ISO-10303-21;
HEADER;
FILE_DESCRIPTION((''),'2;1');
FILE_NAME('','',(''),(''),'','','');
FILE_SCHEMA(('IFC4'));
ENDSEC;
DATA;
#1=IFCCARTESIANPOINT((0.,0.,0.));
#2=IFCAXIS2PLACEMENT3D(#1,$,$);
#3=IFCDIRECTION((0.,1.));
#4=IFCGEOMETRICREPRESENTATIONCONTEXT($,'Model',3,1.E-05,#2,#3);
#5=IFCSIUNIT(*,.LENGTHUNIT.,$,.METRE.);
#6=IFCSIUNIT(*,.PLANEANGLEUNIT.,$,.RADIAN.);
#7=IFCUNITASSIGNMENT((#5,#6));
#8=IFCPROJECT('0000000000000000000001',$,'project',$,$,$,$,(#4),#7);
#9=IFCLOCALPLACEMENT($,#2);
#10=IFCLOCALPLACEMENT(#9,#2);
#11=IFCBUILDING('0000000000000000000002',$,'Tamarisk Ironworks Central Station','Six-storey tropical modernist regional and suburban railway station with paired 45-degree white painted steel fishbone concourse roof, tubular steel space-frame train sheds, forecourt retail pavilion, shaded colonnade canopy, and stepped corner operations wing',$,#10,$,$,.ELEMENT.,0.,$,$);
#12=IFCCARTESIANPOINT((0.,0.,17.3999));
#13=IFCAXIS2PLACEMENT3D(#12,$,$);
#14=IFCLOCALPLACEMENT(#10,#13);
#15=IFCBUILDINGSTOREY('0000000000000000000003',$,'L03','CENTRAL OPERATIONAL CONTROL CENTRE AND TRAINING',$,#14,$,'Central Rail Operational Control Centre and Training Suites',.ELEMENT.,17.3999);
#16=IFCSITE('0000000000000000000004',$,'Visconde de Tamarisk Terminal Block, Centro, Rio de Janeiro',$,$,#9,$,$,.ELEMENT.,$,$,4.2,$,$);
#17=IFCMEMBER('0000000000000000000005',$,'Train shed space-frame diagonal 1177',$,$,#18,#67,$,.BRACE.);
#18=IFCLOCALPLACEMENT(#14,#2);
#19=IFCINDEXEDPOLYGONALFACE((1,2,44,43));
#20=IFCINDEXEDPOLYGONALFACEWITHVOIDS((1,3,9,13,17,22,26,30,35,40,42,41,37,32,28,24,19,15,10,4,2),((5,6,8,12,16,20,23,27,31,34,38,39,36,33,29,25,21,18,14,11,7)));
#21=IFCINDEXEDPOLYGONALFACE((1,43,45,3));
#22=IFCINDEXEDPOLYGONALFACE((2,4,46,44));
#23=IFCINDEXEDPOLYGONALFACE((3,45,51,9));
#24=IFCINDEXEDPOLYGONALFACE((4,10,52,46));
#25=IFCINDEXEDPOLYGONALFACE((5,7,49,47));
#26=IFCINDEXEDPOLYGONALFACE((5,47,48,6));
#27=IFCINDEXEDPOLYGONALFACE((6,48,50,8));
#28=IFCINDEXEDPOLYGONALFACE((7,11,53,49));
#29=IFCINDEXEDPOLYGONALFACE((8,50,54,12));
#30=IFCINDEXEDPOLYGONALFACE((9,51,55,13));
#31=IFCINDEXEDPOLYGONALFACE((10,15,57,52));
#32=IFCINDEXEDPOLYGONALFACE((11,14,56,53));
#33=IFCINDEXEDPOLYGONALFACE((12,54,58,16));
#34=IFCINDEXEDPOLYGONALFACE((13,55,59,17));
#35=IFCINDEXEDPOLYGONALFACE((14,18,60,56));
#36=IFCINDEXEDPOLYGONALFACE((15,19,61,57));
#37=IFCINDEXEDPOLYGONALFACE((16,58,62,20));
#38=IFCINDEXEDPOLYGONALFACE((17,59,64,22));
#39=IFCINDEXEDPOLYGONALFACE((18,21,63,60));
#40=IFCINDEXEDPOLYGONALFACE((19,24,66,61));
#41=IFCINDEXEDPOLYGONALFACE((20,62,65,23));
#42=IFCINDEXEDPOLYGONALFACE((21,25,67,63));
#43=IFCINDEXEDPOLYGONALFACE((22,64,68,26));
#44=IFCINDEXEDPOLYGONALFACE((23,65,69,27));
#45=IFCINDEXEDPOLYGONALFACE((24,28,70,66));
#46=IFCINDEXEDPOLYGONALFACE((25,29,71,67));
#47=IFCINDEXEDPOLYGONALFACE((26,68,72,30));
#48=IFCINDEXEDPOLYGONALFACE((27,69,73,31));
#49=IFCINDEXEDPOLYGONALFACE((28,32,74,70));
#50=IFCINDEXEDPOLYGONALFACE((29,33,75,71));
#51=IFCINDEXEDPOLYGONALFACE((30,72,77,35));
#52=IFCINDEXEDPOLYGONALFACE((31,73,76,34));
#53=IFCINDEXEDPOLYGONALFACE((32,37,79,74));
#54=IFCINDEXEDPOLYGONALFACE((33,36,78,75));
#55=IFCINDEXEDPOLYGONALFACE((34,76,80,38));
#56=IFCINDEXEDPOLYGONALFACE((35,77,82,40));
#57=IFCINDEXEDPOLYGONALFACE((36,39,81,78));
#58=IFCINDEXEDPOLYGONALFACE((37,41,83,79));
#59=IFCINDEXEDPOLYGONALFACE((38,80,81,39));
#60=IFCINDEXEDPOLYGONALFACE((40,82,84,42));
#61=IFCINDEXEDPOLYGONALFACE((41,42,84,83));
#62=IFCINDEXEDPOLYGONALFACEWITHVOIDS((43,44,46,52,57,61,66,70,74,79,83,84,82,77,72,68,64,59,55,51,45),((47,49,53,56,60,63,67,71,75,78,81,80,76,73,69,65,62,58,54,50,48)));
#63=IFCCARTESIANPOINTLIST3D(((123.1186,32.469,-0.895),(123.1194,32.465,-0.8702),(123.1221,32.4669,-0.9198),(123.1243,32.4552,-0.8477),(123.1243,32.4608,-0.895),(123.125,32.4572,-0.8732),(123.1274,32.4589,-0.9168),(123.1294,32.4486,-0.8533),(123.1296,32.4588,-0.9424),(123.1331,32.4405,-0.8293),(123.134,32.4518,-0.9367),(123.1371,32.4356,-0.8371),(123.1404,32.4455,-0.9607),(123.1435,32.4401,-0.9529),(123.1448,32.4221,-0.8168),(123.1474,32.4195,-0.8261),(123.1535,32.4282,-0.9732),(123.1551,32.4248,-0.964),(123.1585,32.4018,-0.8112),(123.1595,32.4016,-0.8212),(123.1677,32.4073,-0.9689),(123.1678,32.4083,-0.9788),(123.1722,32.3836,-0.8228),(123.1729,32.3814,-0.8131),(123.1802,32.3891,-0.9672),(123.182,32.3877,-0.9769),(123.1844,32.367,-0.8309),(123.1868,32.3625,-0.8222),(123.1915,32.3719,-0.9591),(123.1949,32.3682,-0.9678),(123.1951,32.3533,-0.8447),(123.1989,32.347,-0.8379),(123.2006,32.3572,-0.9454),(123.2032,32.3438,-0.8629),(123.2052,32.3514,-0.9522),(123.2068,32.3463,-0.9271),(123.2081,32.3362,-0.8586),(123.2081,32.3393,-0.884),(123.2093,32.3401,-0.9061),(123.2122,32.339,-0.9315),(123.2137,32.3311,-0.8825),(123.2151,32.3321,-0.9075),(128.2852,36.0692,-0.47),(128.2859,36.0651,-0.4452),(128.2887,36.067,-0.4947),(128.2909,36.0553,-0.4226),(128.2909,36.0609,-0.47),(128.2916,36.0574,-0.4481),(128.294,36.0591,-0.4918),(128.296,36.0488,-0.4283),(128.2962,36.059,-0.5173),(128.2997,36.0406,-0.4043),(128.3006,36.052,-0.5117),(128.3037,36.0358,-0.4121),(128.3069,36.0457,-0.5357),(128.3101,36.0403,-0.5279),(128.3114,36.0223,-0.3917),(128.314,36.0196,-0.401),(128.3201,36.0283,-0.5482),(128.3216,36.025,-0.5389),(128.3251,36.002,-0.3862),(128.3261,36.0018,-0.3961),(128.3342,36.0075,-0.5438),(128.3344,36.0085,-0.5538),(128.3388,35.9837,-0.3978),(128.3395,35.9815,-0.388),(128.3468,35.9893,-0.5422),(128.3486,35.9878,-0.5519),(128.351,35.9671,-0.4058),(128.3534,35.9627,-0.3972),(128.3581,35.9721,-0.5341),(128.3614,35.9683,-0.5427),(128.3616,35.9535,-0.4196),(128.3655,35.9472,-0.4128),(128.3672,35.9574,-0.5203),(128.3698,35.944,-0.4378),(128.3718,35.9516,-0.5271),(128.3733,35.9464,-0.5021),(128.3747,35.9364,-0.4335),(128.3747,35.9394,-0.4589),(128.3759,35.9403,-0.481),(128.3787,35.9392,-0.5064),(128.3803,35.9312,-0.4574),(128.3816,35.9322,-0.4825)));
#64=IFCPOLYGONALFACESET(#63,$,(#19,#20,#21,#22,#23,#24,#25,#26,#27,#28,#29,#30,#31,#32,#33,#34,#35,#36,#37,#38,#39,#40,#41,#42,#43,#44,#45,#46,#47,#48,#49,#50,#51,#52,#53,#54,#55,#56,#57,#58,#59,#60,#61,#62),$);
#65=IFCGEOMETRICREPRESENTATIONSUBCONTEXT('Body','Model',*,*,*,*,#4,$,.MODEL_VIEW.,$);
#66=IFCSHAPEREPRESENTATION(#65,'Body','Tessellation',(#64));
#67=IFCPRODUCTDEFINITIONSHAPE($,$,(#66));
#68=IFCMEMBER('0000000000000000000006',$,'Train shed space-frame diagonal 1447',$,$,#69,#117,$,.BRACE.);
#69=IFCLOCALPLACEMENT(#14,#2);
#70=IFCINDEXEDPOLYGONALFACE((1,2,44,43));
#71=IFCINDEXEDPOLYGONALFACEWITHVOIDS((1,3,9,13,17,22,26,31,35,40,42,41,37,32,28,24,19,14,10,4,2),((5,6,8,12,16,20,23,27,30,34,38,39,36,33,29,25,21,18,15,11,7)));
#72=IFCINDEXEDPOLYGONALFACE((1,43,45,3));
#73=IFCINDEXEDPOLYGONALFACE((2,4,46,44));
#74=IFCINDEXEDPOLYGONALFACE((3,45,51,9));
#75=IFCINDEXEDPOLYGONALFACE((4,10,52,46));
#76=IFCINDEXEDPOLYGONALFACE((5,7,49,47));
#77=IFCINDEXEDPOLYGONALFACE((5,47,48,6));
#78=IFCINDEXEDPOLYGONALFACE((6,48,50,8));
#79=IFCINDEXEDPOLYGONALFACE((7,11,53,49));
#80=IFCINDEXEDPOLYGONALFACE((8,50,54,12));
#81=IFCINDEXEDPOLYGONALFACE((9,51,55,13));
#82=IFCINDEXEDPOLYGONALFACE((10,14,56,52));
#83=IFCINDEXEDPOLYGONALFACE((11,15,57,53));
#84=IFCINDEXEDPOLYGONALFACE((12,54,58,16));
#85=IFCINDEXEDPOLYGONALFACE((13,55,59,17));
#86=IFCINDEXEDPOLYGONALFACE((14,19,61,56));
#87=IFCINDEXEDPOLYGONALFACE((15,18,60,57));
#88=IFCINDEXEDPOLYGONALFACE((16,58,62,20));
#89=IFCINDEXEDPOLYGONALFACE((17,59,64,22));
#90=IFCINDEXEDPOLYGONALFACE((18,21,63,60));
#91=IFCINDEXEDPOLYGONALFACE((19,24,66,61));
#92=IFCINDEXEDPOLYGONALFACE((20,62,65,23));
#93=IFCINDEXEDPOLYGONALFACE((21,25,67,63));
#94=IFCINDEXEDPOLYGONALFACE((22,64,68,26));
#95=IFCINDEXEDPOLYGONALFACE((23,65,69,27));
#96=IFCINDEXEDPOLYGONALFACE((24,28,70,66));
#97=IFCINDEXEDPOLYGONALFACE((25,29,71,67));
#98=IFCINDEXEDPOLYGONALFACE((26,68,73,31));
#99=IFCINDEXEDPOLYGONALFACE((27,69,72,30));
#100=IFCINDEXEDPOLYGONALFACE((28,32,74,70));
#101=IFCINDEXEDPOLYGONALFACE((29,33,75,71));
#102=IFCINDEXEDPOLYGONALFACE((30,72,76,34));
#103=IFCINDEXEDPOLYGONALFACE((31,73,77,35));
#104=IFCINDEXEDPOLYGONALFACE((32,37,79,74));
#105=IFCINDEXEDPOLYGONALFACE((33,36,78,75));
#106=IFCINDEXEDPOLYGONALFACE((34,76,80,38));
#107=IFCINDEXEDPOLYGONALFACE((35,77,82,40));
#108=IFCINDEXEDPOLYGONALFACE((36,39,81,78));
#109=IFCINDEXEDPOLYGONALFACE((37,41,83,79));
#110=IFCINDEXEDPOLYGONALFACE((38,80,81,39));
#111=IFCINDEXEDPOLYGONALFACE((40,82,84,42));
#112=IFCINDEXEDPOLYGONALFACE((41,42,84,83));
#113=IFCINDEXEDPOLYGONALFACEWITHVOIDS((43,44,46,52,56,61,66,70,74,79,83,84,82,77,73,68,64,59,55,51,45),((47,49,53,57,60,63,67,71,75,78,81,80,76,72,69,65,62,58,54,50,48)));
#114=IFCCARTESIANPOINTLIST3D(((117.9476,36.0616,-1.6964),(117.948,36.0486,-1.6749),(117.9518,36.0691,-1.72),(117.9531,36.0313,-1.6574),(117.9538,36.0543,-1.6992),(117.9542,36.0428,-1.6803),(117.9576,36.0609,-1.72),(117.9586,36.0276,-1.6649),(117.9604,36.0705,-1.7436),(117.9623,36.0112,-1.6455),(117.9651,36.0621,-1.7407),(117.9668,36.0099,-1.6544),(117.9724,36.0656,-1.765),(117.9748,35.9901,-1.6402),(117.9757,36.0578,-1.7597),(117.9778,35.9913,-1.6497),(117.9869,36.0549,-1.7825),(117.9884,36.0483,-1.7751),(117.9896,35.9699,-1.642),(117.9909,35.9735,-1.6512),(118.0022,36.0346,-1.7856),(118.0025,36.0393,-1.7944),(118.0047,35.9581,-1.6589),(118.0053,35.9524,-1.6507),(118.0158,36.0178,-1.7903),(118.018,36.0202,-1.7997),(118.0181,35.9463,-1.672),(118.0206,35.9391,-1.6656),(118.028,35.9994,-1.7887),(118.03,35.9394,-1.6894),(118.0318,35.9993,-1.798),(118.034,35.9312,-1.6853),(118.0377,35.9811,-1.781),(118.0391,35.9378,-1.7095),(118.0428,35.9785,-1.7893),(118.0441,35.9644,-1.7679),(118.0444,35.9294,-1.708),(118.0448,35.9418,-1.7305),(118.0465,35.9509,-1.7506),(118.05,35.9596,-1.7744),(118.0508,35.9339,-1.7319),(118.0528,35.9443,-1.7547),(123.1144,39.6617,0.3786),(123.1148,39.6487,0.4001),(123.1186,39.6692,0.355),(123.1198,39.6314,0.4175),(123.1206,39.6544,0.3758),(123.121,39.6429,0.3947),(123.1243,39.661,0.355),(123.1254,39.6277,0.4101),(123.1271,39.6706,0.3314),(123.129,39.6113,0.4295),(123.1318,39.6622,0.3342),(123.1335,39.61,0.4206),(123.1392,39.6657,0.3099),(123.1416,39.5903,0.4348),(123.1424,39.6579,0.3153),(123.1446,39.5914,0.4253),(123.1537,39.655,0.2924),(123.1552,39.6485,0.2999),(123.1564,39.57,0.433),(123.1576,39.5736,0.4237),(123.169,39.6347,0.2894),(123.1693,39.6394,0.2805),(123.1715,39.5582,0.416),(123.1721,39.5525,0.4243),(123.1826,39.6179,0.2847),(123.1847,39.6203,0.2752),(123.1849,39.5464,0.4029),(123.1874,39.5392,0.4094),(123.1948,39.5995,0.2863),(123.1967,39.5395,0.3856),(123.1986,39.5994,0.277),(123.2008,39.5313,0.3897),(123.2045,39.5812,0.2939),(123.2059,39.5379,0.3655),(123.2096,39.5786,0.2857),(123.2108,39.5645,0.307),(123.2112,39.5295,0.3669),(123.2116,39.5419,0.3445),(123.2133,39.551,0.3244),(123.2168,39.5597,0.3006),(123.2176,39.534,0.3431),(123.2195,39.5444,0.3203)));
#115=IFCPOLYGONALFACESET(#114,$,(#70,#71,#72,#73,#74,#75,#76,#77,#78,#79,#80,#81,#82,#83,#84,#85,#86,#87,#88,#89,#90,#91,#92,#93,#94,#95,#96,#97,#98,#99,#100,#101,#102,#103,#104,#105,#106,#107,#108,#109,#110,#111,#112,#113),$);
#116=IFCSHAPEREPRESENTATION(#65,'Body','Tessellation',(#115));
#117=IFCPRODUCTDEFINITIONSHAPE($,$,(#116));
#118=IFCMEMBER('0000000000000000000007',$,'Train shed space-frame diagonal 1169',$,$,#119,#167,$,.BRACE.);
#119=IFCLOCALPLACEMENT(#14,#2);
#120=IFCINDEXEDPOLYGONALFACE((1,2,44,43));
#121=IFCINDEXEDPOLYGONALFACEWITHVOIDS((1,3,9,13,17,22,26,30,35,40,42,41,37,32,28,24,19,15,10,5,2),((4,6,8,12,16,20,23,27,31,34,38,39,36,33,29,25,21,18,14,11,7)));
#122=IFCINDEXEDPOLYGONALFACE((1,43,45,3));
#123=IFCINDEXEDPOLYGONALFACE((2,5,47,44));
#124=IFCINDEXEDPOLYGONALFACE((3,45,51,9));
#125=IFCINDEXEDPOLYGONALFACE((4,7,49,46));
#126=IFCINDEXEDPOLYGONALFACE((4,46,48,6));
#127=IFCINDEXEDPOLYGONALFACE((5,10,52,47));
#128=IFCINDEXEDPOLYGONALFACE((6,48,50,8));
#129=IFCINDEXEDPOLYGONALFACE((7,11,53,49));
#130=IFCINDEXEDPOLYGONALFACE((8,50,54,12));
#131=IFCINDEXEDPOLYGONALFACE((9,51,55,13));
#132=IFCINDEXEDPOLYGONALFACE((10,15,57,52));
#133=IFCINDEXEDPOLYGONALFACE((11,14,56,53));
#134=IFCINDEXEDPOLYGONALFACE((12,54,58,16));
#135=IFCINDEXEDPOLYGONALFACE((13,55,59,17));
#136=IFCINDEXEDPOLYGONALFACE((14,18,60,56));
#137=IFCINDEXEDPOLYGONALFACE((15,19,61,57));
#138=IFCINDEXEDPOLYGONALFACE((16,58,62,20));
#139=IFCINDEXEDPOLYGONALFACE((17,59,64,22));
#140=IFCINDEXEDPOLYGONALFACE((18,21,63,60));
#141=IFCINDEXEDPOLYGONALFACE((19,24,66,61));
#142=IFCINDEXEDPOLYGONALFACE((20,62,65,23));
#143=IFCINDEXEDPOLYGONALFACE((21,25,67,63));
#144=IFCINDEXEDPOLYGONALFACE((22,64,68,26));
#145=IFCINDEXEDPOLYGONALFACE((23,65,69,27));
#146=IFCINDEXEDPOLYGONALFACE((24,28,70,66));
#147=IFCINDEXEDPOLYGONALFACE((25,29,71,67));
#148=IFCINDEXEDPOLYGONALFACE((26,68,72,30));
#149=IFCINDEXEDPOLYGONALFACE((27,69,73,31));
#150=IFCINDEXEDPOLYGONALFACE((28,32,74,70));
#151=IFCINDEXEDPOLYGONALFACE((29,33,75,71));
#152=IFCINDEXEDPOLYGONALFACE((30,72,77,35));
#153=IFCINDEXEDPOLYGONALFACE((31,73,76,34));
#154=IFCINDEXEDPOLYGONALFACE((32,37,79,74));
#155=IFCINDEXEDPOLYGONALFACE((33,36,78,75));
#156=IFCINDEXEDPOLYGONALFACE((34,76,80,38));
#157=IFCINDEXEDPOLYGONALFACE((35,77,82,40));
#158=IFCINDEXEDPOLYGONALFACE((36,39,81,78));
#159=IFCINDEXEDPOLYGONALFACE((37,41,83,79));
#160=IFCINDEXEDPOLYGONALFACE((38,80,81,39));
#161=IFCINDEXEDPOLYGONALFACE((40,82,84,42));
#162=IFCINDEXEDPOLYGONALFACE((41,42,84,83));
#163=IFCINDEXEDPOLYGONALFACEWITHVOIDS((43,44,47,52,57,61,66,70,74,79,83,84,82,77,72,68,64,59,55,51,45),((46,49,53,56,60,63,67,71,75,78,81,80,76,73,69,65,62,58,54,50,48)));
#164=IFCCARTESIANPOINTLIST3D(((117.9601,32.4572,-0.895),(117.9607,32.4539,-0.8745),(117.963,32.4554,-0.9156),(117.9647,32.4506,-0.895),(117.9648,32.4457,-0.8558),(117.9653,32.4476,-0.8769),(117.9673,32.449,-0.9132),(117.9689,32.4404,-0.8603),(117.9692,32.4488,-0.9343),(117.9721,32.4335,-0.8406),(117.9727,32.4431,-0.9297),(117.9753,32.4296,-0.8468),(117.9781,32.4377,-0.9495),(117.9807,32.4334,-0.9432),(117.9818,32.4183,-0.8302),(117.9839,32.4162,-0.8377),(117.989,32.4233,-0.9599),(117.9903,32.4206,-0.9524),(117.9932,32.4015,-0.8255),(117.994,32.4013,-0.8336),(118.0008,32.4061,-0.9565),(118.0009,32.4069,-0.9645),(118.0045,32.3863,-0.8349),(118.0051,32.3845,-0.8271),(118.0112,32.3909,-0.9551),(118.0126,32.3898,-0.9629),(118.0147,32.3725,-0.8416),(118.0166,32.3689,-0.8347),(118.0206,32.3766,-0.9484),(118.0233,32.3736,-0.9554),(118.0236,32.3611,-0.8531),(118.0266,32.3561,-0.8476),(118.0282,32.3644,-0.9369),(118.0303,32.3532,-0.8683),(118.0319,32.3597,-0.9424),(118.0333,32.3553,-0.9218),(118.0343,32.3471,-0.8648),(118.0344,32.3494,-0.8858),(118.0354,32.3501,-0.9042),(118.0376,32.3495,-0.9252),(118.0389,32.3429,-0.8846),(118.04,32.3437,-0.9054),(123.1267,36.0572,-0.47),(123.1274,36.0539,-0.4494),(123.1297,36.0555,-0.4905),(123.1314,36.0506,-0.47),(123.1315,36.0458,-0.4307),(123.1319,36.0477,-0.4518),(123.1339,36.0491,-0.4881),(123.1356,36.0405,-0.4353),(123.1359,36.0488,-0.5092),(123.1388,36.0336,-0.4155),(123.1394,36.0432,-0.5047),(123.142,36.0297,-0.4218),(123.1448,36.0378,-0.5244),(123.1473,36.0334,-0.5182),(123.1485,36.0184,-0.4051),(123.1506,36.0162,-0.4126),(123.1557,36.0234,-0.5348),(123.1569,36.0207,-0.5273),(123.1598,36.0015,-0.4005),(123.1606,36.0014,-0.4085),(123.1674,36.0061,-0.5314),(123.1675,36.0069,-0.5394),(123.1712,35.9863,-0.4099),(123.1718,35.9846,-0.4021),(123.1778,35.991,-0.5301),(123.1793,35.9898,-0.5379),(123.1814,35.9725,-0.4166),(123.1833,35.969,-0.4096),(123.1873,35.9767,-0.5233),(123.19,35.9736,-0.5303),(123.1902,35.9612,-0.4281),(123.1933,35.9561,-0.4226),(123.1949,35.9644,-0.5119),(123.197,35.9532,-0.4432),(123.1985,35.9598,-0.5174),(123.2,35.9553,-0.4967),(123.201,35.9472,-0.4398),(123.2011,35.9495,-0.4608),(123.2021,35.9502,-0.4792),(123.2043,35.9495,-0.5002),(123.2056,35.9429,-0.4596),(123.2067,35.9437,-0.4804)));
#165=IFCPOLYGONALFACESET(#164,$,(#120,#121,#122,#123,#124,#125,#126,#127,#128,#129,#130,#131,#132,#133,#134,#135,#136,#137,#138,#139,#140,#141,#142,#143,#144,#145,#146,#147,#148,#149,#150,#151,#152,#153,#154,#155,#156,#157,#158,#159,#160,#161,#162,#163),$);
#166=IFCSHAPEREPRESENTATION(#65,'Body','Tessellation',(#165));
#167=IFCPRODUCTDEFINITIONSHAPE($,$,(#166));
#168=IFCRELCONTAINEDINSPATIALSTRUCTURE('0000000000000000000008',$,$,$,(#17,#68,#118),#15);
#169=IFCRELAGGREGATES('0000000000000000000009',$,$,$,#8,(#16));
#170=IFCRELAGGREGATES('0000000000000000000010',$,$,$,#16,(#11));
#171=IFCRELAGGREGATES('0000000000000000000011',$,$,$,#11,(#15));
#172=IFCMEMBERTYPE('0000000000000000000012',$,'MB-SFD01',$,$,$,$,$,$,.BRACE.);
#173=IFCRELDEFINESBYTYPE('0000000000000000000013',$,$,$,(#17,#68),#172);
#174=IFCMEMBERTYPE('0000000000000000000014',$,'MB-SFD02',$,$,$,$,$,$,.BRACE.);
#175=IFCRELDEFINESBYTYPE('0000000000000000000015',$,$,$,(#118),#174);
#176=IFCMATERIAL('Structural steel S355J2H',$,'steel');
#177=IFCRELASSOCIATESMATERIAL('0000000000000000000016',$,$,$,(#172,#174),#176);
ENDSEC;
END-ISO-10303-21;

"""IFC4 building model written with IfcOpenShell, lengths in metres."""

from ifc_helpers import new_model, si_unit, direction, frame, origin, origin_2d, place, context, subcontext, project, spatial, hollow_circle, extrude, material, material_profile, profile_set, type_object, element, save


model = new_model("IFC4")

# Units and contexts
model_context = context("Model", 3, precision=1e-05, world=origin(), true_north=direction((0.0, 1.0)))
body_context = subcontext(model_context, "Body", "Model", "MODEL_VIEW")
ifc_project = project(units=[si_unit("LENGTHUNIT", "METRE"), si_unit("PLANEANGLEUNIT", "RADIAN")], contexts=[model_context])

# Site, building, storey
site_placement = place(None, origin())
site = spatial("IfcSite", under=ifc_project, at=site_placement, Name="Visconde de Tamarisk Terminal Block, Centro, Rio de Janeiro", CompositionType="ELEMENT", RefElevation=4.2)
building_placement = place(site_placement, origin())
building = spatial("IfcBuilding", under=site, at=building_placement, Name="Tamarisk Ironworks Central Station", Description="Six-storey tropical modernist regional and suburban railway station with paired 45-degree white painted steel fishbone concourse roof, tubular steel space-frame train sheds, forecourt retail pavilion, shaded colonnade canopy, and stepped corner operations wing", CompositionType="ELEMENT", ElevationOfRefHeight=0.0)
storey_placement = place(building_placement, frame((0.0, 0.0, 17.3999)))
storey = spatial("IfcBuildingStorey", under=building, at=storey_placement, Name="L03", Description="CENTRAL OPERATIONAL CONTROL CENTRE AND TRAINING", LongName="Central Rail Operational Control Centre and Training Suites", CompositionType="ELEMENT", Elevation=17.3999)

# Members
ifc_material_1 = material(Name="Structural steel S355J2H", Category="steel")
ifc_material_profile_1 = material_profile(ifc_material_1, hollow_circle(Radius=0.0842, WallThickness=0.01, at=origin_2d()), Name="CHS 168.3x10")
ifc_profile_set_1 = profile_set([ifc_material_profile_1], Name="Structural steel S355J2H")
member_type_1 = type_object("IfcMemberType", Name="MB-SFD01", PredefinedType="BRACE", material=ifc_profile_set_1)
member_1_placement = place(storey_placement, frame((123.1667, 32.3999, -0.895), z_axis=(0.818595, 0.570409, 0.067346), x_axis=(-0.571707, 0.820458, 0.0)))
element("IfcMember", 1, at=member_1_placement, inside=storey, type_object=member_type_1, Name="Train shed space-frame diagonal 1177", PredefinedType="BRACE", context=body_context, shape_type="SweptSolid", body=[
    extrude(hollow_circle(Radius=0.0842, WallThickness=0.01, at=origin_2d()), origin(), (0.0, 0.0, 1.0), 6.3115),
])
member_2_placement = place(storey_placement, frame((118.0, 36.0, -1.72), z_axis=(0.779258, 0.542973, 0.312948), x_axis=(-0.571689, 0.82047, 0.0)))
element("IfcMember", 2, at=member_2_placement, inside=storey, type_object=member_type_1, Name="Train shed space-frame diagonal 1447", PredefinedType="BRACE", context=body_context, shape_type="SweptSolid", body=[
    extrude(hollow_circle(Radius=0.0842, WallThickness=0.01, at=origin_2d()), origin(), (0.0, 0.0, 1.0), 6.6304),
])
ifc_material_profile_2 = material_profile(ifc_material_1, hollow_circle(Radius=0.0698, WallThickness=0.0081, at=origin_2d()), Name="CHS 139.7x8")
ifc_profile_set_2 = profile_set([ifc_material_profile_2], Name="Structural steel S355J2H")
member_type_2 = type_object("IfcMemberType", Name="MB-SFD02", PredefinedType="BRACE", material=ifc_profile_set_2)
member_3_placement = place(storey_placement, frame((118.0, 32.3999, -0.895), z_axis=(0.818608, 0.570391, 0.067344), x_axis=(-0.571689, 0.82047, 0.0)))
element("IfcMember", 3, at=member_3_placement, inside=storey, type_object=member_type_2, Name="Train shed space-frame diagonal 1169", PredefinedType="BRACE", context=body_context, shape_type="SweptSolid", body=[
    extrude(hollow_circle(Radius=0.0698, WallThickness=0.0081, at=origin_2d()), origin(), (0.0, 0.0, 1.0), 6.3115),
])

save(model, "model.ifc")
